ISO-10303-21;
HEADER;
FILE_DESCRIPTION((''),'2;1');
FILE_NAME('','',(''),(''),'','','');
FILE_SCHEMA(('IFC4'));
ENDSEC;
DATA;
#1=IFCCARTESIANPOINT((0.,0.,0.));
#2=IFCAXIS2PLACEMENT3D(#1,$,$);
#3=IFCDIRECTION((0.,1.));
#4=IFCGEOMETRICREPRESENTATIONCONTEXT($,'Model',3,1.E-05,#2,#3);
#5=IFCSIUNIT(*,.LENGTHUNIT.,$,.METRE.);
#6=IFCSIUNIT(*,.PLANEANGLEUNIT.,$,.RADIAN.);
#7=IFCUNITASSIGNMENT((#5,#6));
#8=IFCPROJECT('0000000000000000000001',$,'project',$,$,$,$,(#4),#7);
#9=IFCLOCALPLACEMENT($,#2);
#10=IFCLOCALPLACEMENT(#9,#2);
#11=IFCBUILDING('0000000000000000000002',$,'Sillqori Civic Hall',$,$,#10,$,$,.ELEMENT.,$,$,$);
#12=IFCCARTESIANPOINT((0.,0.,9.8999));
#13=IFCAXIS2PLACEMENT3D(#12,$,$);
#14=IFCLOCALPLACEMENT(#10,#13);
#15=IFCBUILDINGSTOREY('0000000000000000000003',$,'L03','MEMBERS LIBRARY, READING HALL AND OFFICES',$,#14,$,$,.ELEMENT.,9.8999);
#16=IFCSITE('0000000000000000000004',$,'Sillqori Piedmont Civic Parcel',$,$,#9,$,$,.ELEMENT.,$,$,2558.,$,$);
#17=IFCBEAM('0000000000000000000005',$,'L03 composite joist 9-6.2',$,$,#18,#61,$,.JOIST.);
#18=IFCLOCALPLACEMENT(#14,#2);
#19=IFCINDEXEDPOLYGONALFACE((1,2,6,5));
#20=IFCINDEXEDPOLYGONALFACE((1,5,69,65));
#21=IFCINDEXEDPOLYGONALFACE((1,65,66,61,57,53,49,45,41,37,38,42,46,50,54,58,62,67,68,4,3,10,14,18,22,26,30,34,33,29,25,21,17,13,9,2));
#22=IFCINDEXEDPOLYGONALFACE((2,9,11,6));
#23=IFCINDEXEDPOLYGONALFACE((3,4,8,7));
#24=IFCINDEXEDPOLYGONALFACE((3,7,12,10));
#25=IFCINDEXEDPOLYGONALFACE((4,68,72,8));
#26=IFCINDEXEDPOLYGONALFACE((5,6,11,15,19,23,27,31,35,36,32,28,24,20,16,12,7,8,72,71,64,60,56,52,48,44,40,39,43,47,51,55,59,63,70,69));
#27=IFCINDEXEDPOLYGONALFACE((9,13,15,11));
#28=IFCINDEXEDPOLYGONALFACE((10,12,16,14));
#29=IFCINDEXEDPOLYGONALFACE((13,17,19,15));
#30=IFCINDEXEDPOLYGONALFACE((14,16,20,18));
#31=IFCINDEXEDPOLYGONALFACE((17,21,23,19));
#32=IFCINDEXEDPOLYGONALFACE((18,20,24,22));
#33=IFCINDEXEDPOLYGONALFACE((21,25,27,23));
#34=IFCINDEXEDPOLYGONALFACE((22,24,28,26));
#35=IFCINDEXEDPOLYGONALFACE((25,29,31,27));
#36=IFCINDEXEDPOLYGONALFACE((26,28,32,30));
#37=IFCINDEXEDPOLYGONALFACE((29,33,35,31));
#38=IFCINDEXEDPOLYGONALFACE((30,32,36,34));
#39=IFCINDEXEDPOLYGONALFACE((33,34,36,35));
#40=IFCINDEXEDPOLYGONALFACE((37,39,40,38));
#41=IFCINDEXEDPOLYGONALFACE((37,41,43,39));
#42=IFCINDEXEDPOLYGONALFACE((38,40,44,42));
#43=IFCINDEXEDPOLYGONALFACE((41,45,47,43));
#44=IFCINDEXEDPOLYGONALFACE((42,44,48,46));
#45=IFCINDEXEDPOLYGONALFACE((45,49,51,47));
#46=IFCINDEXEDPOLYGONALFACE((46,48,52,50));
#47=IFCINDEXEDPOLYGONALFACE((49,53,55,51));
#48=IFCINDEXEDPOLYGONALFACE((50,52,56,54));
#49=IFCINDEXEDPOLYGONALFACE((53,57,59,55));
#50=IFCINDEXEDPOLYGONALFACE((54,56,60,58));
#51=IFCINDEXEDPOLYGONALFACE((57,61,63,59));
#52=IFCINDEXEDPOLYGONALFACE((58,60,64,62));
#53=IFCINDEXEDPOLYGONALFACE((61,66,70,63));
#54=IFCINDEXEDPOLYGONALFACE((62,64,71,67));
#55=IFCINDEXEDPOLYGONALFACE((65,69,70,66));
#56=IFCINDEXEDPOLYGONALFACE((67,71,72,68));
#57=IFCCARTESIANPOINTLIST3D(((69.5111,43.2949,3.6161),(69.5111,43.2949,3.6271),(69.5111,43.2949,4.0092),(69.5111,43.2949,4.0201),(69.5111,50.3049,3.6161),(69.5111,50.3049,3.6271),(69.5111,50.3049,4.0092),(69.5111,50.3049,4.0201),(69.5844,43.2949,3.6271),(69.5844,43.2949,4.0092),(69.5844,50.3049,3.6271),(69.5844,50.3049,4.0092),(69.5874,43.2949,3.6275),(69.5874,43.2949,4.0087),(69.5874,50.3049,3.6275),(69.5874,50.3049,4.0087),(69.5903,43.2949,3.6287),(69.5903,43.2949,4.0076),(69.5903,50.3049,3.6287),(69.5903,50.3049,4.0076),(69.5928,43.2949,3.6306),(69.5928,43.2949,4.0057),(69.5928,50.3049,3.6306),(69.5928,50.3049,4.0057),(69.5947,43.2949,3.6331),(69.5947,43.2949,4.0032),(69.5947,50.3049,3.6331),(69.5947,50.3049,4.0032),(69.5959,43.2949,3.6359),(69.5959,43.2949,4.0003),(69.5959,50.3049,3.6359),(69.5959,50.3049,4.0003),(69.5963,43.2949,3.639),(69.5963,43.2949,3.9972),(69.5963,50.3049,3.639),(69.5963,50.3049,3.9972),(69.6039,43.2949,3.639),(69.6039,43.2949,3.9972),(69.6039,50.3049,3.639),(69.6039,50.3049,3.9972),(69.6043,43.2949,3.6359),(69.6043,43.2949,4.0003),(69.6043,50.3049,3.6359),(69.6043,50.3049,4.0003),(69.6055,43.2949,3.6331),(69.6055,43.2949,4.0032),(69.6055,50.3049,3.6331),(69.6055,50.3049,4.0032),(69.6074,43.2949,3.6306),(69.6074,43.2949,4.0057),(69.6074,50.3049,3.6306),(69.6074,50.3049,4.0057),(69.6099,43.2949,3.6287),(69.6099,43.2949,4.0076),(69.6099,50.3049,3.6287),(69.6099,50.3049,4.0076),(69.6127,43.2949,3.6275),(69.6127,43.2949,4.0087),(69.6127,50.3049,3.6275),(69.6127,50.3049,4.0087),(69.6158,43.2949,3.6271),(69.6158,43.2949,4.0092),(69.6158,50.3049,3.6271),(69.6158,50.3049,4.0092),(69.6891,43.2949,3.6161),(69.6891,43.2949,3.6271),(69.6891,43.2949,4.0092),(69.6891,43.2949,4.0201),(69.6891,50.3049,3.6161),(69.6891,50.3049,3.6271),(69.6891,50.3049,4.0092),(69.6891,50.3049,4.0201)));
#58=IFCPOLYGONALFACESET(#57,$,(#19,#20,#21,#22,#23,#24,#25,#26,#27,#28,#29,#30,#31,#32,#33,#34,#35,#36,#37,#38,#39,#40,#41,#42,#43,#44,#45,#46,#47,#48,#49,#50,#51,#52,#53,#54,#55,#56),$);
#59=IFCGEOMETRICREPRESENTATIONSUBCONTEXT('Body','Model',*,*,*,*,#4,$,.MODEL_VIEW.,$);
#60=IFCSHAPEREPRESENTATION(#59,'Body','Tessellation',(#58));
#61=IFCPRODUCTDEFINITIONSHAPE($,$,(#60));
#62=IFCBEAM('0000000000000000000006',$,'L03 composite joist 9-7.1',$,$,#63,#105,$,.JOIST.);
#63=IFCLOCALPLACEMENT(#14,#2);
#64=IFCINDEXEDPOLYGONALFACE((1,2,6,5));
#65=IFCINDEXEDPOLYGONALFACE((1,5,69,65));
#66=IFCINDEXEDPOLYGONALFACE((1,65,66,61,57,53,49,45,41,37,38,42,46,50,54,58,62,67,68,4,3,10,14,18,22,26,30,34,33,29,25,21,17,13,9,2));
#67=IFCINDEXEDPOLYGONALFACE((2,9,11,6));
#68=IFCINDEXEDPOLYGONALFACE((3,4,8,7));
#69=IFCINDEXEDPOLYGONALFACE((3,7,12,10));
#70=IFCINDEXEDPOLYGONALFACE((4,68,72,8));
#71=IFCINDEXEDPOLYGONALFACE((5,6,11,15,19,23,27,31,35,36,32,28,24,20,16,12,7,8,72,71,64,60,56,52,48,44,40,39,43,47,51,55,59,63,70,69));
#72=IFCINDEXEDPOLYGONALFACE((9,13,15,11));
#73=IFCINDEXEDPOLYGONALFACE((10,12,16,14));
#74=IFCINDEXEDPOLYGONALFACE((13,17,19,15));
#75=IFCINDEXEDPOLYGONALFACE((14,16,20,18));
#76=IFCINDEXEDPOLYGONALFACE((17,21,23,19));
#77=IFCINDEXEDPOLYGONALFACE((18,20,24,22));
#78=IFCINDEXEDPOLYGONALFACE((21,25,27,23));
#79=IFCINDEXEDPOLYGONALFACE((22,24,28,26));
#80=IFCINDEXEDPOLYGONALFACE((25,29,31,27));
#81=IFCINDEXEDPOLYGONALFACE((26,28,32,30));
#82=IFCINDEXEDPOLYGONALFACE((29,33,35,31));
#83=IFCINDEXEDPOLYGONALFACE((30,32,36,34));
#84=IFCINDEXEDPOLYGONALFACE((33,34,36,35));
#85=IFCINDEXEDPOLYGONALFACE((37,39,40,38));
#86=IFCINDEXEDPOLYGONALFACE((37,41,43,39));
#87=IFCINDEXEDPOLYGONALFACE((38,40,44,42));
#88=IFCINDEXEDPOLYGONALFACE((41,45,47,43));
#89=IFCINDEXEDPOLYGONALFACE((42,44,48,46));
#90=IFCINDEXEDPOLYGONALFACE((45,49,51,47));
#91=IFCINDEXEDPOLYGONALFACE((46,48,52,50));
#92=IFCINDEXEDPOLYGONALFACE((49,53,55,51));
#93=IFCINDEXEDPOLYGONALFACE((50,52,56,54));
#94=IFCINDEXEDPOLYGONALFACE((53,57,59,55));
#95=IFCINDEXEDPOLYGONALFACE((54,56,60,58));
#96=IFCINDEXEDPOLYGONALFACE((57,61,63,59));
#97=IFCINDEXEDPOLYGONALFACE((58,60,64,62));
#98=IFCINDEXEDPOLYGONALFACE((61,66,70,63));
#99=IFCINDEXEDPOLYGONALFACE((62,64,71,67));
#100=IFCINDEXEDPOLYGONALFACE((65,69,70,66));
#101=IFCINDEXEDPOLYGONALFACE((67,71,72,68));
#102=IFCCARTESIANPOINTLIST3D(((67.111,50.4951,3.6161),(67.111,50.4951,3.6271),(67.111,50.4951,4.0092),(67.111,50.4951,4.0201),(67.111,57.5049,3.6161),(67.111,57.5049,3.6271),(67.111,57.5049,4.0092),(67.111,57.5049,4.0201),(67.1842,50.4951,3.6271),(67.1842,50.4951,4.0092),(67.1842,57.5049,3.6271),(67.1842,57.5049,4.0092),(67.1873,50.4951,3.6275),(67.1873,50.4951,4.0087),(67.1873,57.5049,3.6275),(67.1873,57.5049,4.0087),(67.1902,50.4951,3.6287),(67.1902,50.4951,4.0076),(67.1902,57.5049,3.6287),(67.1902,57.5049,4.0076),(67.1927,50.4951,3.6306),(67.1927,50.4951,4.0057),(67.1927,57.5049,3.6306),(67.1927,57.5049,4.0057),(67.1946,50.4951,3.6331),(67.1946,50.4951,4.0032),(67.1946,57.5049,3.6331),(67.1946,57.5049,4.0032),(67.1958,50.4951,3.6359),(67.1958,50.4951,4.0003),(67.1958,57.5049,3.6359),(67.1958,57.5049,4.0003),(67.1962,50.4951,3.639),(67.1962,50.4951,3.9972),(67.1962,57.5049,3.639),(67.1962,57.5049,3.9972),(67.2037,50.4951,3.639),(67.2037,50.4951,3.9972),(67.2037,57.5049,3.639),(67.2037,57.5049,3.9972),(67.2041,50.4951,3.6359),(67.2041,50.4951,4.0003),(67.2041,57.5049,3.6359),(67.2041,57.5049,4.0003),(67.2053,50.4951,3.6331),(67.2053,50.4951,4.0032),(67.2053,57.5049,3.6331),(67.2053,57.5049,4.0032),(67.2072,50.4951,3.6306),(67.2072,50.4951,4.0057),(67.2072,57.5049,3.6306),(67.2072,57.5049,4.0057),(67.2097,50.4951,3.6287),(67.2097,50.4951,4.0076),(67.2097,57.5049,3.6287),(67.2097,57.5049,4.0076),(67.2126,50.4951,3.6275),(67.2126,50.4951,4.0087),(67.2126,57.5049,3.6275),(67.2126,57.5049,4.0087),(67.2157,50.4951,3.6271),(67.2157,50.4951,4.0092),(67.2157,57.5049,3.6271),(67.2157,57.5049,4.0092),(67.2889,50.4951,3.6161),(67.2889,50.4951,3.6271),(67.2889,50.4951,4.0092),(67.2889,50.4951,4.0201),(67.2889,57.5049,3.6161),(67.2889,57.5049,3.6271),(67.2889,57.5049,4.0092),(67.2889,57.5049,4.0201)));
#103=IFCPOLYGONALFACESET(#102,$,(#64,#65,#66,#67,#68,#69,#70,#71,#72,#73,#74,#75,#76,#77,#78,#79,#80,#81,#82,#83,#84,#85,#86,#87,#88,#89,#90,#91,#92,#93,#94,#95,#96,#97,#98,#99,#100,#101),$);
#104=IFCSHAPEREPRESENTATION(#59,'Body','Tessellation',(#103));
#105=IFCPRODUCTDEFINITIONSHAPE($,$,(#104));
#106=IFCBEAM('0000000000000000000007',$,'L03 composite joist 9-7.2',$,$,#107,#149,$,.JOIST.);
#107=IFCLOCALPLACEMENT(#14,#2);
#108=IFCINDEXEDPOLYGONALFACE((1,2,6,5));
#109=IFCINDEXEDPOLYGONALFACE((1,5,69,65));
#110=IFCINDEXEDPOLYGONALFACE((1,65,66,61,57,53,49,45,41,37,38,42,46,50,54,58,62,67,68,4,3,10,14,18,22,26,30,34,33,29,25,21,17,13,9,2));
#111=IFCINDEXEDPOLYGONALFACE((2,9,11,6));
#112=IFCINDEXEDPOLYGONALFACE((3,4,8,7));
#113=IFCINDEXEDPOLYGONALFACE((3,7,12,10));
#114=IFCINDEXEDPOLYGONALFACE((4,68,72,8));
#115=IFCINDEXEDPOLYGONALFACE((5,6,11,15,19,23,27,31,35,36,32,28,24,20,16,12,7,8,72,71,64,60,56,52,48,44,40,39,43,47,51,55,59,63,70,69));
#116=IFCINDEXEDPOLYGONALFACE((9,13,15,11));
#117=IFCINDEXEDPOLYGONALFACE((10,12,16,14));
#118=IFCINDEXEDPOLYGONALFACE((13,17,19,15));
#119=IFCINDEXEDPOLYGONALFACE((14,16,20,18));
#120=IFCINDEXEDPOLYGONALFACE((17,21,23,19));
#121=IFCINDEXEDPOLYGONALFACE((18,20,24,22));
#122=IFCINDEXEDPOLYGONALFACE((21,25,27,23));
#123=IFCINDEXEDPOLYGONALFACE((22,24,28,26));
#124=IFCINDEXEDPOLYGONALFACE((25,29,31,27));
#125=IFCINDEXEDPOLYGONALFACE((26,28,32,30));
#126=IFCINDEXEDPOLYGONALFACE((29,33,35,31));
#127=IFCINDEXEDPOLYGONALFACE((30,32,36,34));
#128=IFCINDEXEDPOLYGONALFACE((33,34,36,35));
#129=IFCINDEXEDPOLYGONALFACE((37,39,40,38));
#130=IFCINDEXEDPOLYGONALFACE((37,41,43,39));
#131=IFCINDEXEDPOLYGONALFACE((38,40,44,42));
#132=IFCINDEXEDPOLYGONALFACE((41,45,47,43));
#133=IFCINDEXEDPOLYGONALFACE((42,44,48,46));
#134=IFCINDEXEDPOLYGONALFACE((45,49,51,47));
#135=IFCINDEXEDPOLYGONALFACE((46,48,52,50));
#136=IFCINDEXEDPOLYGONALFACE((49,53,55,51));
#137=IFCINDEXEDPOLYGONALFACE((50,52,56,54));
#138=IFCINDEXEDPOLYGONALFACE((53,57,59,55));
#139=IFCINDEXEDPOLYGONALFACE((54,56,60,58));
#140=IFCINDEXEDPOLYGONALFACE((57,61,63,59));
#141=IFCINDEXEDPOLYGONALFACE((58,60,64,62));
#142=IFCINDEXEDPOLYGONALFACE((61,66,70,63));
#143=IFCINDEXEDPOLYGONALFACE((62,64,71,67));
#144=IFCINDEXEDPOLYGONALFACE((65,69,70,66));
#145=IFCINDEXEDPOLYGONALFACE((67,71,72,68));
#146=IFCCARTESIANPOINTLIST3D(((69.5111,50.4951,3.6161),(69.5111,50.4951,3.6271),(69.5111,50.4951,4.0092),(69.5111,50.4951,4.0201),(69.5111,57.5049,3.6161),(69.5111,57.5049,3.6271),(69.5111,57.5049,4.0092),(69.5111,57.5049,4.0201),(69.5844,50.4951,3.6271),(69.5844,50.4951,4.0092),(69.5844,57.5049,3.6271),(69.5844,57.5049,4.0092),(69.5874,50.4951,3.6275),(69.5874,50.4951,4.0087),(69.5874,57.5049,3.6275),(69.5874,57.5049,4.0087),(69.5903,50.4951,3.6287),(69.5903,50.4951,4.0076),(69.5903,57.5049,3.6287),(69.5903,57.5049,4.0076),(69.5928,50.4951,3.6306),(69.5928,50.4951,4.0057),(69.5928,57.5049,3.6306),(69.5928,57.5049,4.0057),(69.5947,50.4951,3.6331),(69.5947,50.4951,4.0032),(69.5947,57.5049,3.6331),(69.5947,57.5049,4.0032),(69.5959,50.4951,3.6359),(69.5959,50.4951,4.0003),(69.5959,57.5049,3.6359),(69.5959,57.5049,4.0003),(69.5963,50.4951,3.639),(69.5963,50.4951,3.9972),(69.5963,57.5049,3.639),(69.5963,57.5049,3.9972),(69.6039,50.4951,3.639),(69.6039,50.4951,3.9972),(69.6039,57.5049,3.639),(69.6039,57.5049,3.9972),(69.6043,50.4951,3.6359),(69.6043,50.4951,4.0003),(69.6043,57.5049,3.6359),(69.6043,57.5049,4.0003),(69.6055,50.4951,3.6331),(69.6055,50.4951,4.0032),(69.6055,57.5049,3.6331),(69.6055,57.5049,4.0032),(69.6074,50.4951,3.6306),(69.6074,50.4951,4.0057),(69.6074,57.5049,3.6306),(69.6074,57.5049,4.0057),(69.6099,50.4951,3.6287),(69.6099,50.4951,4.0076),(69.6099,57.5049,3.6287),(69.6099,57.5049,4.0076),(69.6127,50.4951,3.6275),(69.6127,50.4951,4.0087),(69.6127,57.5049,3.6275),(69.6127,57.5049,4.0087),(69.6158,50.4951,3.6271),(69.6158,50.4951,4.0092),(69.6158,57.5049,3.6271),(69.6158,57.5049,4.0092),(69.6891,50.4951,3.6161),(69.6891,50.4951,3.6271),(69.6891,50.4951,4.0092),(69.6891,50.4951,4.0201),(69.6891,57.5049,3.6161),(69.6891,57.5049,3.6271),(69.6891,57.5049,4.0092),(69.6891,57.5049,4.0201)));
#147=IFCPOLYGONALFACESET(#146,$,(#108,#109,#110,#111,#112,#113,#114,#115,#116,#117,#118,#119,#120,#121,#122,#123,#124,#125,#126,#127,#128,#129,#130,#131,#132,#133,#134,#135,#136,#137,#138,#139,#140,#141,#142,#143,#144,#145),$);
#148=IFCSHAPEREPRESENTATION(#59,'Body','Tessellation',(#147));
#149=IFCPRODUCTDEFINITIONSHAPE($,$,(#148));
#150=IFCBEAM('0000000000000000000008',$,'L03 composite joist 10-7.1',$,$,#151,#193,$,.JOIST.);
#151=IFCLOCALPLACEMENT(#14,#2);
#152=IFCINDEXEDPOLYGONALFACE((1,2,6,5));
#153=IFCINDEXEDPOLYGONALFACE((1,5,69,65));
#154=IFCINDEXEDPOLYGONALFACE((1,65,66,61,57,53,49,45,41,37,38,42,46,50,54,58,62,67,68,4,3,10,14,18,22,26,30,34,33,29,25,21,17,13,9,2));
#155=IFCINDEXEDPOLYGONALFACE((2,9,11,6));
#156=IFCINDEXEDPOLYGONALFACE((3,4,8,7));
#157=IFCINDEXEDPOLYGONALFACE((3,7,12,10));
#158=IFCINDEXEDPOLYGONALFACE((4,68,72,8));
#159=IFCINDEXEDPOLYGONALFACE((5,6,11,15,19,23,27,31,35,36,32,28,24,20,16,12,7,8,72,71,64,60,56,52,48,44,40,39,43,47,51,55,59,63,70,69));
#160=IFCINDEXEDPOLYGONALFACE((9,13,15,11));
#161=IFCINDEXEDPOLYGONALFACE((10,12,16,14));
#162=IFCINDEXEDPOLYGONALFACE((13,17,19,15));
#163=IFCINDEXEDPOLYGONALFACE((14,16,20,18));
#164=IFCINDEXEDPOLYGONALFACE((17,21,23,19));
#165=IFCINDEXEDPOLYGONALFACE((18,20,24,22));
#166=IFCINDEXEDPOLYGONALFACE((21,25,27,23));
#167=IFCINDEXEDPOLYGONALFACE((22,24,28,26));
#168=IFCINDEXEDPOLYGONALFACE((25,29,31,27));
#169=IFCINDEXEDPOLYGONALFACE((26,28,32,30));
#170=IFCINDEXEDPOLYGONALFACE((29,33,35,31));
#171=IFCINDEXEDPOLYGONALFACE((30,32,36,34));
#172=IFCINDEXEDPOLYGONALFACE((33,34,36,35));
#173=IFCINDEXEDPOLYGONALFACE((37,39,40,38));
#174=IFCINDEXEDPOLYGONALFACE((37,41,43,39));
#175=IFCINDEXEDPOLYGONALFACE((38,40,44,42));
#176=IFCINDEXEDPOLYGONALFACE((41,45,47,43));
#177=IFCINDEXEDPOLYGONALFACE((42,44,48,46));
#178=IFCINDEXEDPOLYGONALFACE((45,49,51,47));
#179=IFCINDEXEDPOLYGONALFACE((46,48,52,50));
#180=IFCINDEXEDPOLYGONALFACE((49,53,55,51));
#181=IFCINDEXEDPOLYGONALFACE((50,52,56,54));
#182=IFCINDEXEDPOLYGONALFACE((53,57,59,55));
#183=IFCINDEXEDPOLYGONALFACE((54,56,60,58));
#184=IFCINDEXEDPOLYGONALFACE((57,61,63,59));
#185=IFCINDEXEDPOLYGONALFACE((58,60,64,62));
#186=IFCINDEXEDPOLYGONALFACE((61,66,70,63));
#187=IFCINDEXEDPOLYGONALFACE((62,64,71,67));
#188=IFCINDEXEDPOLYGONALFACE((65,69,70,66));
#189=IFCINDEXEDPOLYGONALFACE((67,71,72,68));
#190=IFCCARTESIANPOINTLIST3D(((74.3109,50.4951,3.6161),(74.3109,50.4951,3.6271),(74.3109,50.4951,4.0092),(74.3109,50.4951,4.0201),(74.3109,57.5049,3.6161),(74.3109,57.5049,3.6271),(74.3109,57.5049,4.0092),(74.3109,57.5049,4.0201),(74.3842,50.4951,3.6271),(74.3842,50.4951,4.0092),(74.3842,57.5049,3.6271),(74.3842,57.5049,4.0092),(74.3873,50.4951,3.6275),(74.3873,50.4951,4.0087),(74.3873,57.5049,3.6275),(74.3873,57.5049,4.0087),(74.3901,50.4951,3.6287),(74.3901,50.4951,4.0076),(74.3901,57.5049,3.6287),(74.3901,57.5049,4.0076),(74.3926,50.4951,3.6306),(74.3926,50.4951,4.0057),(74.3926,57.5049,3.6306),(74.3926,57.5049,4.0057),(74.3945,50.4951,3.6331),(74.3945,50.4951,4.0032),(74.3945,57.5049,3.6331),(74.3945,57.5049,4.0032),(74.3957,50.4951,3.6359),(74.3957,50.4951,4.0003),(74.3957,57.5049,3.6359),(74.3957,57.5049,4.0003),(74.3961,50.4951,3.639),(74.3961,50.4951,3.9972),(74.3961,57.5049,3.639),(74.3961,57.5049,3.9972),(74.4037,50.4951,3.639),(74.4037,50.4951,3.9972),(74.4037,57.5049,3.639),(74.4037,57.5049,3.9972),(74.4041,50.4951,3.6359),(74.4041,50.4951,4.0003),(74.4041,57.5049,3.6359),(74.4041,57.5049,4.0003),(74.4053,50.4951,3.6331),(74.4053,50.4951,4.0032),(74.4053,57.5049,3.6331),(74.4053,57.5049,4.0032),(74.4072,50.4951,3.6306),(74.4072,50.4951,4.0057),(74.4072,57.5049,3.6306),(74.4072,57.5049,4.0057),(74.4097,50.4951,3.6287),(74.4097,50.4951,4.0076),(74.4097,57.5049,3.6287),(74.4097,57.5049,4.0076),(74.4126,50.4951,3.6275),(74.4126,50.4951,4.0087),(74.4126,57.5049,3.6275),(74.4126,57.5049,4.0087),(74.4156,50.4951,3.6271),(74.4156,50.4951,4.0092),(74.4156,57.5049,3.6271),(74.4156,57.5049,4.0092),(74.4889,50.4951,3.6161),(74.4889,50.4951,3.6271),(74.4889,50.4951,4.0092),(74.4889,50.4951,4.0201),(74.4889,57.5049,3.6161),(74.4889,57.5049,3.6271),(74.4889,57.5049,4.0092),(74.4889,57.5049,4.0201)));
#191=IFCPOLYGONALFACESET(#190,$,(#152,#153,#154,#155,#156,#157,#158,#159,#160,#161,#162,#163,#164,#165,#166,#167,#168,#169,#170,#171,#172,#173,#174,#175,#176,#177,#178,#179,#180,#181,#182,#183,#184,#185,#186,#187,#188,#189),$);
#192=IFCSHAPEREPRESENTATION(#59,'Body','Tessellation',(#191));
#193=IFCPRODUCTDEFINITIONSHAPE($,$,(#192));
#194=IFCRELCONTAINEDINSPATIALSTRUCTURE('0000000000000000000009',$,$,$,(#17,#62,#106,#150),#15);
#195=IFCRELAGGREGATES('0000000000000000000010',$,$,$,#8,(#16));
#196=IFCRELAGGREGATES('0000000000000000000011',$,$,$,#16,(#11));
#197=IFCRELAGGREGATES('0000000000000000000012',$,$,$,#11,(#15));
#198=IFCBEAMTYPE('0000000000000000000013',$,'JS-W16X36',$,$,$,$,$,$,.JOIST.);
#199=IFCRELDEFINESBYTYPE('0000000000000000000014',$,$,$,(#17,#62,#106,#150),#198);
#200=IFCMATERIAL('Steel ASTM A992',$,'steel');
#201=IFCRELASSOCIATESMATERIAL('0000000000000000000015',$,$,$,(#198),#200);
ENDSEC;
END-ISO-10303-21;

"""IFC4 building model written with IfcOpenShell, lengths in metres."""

from ifc_helpers import new_model, si_unit, direction, frame, origin, origin_2d, place, context, subcontext, project, spatial, i_section, extrude, material, material_profile, profile_set, type_object, element, save


model = new_model("IFC4")

# Units and contexts
model_context = context("Model", 3, precision=1e-05, world=origin(), true_north=direction((0.0, 1.0)))
body_context = subcontext(model_context, "Body", "Model", "MODEL_VIEW")
ifc_project = project(units=[si_unit("LENGTHUNIT", "METRE"), si_unit("PLANEANGLEUNIT", "RADIAN")], contexts=[model_context])

# Site, building, storey
site_placement = place(None, origin())
site = spatial("IfcSite", under=ifc_project, at=site_placement, Name="Sillqori Piedmont Civic Parcel", CompositionType="ELEMENT", RefElevation=2558.0)
building_placement = place(site_placement, origin())
building = spatial("IfcBuilding", under=site, at=building_placement, Name="Sillqori Civic Hall", CompositionType="ELEMENT")
storey_placement = place(building_placement, frame((0.0, 0.0, 9.8999)))
storey = spatial("IfcBuildingStorey", under=building, at=storey_placement, Name="L03", Description="MEMBERS LIBRARY, READING HALL AND OFFICES", CompositionType="ELEMENT", Elevation=9.8999)

# Shared definitions
ifc_material_1 = material(Name="Steel ASTM A992", Category="steel")

# Beams
ifc_material_profile_1 = material_profile(ifc_material_1, i_section(OverallWidth=0.178, OverallDepth=0.4041, WebThickness=0.0076, FlangeThickness=0.011, FilletRadius=0.012, at=origin_2d()), Name="W16X36")
ifc_profile_set_1 = profile_set([ifc_material_profile_1], Name="Steel ASTM A992")
beam_type_1 = type_object("IfcBeamType", Name="JS-W16X36", PredefinedType="JOIST", material=ifc_profile_set_1)
for number, where, z_axis, x_axis, name in (
    (1, (69.6001, 43.2949, 3.8181), (0.0, 1.0, 0.0), (-1.0, 0.0, 0.0), "L03 composite joist 9-6.2"),
):
    element("IfcBeam", number, at=place(storey_placement, frame(where, z_axis=z_axis, x_axis=x_axis)), inside=storey, type_object=beam_type_1, Name=name, PredefinedType="JOIST", context=body_context, shape_type="SweptSolid", body=[
        extrude(i_section(OverallWidth=0.178, OverallDepth=0.4041, WebThickness=0.0076, FlangeThickness=0.011, FilletRadius=0.012, at=origin_2d()), origin(), (0.0, 0.0, 1.0), 7.01),
    ])
for number, where, z_axis, x_axis, name in (
    (2, (67.2, 50.4951, 3.8181), (0.0, 1.0, 0.0), (-1.0, 0.0, 0.0), "L03 composite joist 9-7.1"),
    (3, (69.6001, 50.4951, 3.8181), (0.0, 1.0, 0.0), (-1.0, 0.0, 0.0), "L03 composite joist 9-7.2"),
    (4, (74.3999, 50.4951, 3.8181), (0.0, 1.0, 0.0), (-1.0, 0.0, 0.0), "L03 composite joist 10-7.1"),
):
    element("IfcBeam", number, at=place(storey_placement, frame(where, z_axis=z_axis, x_axis=x_axis)), inside=storey, type_object=beam_type_1, Name=name, PredefinedType="JOIST", context=body_context, shape_type="SweptSolid", body=[
        extrude(i_section(OverallWidth=0.178, OverallDepth=0.4041, WebThickness=0.0076, FlangeThickness=0.011, FilletRadius=0.012, at=origin_2d()), origin(), (0.0, 0.0, 1.0), 7.0098),
    ])

save(model, "model.ifc")
